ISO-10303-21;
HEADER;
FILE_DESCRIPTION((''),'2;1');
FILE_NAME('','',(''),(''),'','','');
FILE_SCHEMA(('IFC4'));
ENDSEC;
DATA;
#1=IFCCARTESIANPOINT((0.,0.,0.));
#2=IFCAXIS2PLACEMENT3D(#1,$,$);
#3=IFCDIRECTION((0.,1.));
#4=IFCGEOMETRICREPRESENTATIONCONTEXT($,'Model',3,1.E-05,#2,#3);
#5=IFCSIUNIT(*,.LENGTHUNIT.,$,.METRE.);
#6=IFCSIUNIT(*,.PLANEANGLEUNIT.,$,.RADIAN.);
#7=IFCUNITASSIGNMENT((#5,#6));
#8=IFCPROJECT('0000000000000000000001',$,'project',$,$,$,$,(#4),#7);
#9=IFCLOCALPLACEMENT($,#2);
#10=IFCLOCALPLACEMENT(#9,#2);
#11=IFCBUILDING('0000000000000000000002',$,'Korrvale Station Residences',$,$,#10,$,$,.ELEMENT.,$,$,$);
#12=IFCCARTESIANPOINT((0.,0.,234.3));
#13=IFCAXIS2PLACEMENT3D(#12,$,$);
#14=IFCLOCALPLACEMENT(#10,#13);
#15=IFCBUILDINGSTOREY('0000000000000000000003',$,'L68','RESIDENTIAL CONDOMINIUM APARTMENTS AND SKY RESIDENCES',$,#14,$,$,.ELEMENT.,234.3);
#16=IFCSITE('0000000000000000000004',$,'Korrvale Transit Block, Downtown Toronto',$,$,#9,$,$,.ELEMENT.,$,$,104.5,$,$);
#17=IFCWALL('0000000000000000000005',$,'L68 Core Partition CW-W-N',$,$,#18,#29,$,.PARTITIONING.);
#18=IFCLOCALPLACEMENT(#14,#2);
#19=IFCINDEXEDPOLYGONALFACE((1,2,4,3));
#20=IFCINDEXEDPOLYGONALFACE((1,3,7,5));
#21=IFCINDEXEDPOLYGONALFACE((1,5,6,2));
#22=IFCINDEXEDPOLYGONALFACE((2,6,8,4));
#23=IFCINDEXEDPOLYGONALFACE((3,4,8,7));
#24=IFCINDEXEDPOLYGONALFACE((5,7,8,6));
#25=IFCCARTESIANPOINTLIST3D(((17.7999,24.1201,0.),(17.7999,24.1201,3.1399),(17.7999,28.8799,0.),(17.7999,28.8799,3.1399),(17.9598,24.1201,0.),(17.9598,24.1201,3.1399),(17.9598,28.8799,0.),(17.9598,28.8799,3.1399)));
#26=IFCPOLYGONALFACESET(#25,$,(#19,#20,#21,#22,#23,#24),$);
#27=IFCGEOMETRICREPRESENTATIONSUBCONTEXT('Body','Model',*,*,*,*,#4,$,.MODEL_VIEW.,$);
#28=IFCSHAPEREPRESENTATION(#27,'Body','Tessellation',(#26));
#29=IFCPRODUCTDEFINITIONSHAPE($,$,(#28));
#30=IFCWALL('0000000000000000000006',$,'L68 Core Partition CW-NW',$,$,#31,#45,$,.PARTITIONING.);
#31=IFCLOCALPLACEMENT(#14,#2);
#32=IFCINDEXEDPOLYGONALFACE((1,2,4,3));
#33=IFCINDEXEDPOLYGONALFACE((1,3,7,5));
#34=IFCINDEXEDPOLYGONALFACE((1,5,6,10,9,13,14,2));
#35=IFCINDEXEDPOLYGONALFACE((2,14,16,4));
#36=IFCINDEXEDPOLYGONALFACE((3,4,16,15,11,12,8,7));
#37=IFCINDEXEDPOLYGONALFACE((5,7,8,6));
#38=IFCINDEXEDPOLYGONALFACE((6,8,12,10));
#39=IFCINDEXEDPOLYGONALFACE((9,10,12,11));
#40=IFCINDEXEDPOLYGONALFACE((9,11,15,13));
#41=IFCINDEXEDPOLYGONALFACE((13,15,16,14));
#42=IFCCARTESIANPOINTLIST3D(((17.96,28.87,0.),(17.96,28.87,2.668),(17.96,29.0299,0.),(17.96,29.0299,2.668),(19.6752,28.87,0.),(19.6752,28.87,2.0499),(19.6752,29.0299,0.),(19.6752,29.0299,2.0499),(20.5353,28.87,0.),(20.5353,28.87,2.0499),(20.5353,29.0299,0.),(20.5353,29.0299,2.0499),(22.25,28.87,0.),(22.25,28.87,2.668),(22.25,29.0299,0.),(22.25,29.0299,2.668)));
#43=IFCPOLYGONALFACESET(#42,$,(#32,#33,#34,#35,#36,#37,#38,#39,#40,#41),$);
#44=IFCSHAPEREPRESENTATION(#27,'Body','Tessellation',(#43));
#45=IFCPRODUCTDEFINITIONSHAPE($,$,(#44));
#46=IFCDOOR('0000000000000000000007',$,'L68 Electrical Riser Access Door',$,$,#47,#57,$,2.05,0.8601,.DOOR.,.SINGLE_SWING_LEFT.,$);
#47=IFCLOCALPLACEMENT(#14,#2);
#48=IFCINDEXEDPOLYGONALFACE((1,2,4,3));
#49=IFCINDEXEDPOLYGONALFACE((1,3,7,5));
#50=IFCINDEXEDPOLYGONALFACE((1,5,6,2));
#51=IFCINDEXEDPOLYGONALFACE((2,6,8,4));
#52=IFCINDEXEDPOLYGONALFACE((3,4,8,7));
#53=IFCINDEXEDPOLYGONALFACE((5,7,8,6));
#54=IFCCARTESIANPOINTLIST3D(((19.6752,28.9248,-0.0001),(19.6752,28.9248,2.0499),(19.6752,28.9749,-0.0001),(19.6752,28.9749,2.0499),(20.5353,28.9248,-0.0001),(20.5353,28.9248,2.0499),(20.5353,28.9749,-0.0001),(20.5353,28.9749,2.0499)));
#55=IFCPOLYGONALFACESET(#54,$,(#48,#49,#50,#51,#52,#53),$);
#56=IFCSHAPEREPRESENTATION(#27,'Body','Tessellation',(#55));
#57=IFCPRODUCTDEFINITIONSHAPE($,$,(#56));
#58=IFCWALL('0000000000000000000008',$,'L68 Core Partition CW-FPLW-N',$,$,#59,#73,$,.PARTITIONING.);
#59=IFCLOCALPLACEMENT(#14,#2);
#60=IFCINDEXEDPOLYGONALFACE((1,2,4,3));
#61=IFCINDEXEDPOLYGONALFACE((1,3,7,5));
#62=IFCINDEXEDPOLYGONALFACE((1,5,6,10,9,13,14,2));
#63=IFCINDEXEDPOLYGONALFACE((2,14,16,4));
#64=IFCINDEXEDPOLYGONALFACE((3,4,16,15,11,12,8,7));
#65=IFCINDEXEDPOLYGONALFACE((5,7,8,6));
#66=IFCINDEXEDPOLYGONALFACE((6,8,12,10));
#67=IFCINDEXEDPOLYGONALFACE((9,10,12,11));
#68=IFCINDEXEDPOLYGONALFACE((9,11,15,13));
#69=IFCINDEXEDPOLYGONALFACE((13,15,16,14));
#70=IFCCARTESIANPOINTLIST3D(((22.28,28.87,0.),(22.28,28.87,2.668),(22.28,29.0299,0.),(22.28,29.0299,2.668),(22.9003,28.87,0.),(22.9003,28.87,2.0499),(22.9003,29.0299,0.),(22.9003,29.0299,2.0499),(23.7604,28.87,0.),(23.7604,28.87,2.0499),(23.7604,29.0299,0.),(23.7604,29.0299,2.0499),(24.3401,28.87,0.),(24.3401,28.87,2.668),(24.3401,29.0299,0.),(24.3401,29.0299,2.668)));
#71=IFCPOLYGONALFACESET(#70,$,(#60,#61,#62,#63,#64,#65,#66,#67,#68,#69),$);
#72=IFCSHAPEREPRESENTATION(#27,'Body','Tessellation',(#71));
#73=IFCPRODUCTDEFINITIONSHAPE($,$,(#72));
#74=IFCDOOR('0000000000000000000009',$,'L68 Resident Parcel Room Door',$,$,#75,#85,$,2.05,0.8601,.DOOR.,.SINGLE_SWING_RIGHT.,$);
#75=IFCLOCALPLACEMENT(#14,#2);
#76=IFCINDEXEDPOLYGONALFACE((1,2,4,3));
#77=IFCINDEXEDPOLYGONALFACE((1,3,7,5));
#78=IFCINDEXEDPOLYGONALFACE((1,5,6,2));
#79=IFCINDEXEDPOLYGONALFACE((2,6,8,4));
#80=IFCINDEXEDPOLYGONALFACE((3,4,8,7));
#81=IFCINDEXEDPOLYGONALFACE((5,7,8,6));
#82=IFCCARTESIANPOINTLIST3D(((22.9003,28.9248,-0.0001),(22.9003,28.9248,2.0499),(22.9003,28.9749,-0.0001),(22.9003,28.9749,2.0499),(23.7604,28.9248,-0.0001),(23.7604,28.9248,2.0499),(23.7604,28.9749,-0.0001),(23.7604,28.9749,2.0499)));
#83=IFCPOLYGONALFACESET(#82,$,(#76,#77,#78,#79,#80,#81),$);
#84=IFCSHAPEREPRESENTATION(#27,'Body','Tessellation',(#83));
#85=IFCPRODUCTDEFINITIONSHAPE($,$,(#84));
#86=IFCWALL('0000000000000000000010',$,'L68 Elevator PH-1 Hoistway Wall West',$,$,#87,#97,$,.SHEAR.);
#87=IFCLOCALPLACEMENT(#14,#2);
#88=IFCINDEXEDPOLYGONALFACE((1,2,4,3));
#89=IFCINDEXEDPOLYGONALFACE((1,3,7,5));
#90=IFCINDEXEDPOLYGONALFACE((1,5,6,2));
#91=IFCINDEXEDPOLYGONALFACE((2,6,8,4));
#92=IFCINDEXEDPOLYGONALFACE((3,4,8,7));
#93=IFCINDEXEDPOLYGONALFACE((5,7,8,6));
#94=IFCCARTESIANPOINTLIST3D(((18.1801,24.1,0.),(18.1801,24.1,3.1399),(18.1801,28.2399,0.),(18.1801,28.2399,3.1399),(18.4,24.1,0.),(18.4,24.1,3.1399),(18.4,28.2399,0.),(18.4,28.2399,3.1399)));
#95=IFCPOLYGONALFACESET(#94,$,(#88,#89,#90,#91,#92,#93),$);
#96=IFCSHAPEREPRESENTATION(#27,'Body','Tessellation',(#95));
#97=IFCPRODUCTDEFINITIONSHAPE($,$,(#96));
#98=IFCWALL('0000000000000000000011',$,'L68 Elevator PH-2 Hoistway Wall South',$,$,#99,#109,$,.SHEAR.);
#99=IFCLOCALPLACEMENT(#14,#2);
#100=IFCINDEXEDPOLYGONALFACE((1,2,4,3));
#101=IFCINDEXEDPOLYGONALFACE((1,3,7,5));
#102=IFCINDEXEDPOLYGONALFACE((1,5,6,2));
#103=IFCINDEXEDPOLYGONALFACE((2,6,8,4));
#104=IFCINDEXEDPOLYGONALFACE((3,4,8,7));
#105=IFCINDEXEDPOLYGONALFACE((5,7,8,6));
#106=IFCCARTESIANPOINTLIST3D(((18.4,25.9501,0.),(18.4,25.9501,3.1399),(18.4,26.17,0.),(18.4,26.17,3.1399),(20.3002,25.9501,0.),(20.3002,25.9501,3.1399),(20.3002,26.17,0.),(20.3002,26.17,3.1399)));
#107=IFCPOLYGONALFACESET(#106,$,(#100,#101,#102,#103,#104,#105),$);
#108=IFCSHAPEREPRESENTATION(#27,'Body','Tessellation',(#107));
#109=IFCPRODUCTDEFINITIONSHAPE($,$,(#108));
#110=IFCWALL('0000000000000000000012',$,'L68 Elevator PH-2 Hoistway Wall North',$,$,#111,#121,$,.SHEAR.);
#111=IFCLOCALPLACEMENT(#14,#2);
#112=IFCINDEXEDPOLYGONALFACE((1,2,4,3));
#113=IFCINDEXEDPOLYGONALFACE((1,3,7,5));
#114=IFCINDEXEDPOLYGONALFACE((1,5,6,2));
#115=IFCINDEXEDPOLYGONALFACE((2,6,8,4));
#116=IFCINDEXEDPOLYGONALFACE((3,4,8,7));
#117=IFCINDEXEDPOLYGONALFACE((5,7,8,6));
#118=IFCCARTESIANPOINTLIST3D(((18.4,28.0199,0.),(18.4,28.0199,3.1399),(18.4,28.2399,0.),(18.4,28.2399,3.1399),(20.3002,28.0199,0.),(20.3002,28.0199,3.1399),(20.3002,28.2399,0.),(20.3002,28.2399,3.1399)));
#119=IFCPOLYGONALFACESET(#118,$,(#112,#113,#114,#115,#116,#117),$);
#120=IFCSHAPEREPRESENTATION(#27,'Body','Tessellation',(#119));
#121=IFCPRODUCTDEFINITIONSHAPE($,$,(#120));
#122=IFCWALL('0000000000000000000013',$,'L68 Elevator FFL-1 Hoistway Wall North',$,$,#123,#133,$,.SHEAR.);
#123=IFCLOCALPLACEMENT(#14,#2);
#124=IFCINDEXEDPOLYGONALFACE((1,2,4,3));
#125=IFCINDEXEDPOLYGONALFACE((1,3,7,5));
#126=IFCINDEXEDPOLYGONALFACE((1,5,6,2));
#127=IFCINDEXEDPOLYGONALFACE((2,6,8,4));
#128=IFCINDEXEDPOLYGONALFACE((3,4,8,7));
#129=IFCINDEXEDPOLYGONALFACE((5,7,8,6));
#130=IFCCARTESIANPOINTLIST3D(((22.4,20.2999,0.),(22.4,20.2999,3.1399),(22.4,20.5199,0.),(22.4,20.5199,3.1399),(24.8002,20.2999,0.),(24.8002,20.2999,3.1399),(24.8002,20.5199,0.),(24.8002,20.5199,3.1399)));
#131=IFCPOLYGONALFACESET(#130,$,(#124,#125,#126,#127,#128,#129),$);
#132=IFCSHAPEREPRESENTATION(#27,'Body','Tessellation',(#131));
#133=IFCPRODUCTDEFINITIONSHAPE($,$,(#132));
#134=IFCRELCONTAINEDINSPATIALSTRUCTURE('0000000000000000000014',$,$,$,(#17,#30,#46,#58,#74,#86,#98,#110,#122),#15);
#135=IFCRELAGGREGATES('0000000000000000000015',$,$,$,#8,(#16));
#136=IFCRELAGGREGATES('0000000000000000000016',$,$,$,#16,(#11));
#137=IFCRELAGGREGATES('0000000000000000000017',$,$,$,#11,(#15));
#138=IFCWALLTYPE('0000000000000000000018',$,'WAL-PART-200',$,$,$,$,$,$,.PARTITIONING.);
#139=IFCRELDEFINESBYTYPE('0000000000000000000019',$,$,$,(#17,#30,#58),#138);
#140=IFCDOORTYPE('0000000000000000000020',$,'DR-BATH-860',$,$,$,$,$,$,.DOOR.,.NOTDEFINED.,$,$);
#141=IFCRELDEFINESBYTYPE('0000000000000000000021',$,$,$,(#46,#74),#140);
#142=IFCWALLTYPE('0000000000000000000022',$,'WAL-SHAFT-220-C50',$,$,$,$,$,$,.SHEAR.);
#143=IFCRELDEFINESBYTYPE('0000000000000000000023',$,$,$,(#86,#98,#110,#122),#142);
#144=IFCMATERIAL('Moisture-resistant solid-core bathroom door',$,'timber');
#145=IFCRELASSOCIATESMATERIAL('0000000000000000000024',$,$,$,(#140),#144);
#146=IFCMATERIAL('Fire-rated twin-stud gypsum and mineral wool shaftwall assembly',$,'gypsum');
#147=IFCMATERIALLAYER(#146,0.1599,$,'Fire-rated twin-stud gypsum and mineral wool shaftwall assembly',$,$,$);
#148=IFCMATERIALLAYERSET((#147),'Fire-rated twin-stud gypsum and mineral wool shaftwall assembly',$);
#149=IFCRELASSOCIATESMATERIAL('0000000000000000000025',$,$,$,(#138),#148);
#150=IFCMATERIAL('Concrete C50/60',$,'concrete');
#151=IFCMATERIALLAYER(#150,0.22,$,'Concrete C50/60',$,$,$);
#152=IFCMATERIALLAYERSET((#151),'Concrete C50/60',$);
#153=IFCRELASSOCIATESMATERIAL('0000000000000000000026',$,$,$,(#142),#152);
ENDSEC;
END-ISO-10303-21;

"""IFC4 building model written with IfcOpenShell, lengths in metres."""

from ifc_helpers import new_model, si_unit, direction, frame, frame_2d, origin, place, context, subcontext, project, spatial, rectangle, extrude, material, layer, layer_set, type_object, element, fill, save


model = new_model("IFC4")

# Units and contexts
model_context = context("Model", 3, precision=1e-05, world=origin(), true_north=direction((0.0, 1.0)))
body_context = subcontext(model_context, "Body", "Model", "MODEL_VIEW")
ifc_project = project(units=[si_unit("LENGTHUNIT", "METRE"), si_unit("PLANEANGLEUNIT", "RADIAN")], contexts=[model_context])

# Site, building, storey
site_placement = place(None, origin())
site = spatial("IfcSite", under=ifc_project, at=site_placement, Name="Korrvale Transit Block, Downtown Toronto", CompositionType="ELEMENT", RefElevation=104.5)
building_placement = place(site_placement, origin())
building = spatial("IfcBuilding", under=site, at=building_placement, Name="Korrvale Station Residences", CompositionType="ELEMENT")
storey_placement = place(building_placement, frame((0.0, 0.0, 234.3)))
storey = spatial("IfcBuildingStorey", under=building, at=storey_placement, Name="L68", Description="RESIDENTIAL CONDOMINIUM APARTMENTS AND SKY RESIDENCES", CompositionType="ELEMENT", Elevation=234.3)

# Shared definitions
ifc_material_1 = material(Name="Concrete C50/60", Category="concrete")

# Shared definitions
ifc_material_2 = material(Name="Moisture-resistant solid-core bathroom door", Category="timber")
door_type_1 = type_object("IfcDoorType", Name="DR-BATH-860", OperationType="NOTDEFINED", PredefinedType="DOOR", material=ifc_material_2)

# Wall
ifc_material_3 = material(Name="Fire-rated twin-stud gypsum and mineral wool shaftwall assembly", Category="gypsum")
ifc_layer_1 = layer(ifc_material_3, 0.1599, Name="Fire-rated twin-stud gypsum and mineral wool shaftwall assembly")
ifc_layer_set_1 = layer_set([ifc_layer_1], Name="Fire-rated twin-stud gypsum and mineral wool shaftwall assembly")
wall_type_1 = type_object("IfcWallType", Name="WAL-PART-200", PredefinedType="PARTITIONING", material=ifc_layer_set_1)
wall_1_placement = place(storey_placement, frame((17.8799, 24.1201, 0.0), z_axis=(0.0, 0.0, 1.0), x_axis=(0.0, 1.0, 0.0)))
element("IfcWall", 1, at=wall_1_placement, inside=storey, type_object=wall_type_1, Name="L68 Core Partition CW-W-N", PredefinedType="PARTITIONING", context=body_context, shape_type="SweptSolid", body=[
    extrude(rectangle(XDim=4.7598, YDim=0.1599, at=frame_2d((2.3799, 0.0))), origin(), (0.0, 0.0, 1.0), 3.1399),
])

# Walls, openings, doors
wall_2_placement = place(storey_placement, frame((17.96, 28.95, 0.0), z_axis=(0.0, 0.0, 1.0), x_axis=(1.0, 0.0, 0.0)))
wall_2 = element("IfcWall", 2, at=wall_2_placement, inside=storey, type_object=wall_type_1, Name="L68 Core Partition CW-NW", PredefinedType="PARTITIONING", context=body_context, shape_type="SweptSolid", body=[
    extrude(rectangle(XDim=4.29, YDim=0.1599, at=frame_2d((2.145, 0.0))), origin(), (0.0, 0.0, 1.0), 2.668),
])
opening_1_placement = place(wall_2_placement, frame((1.7151, 0.0, 0.0)))
opening_1 = element("IfcOpeningElement", 3, at=opening_1_placement, cuts=wall_2, PredefinedType="OPENING", context=body_context, shape_type="SweptSolid", body=[
    extrude(rectangle(XDim=0.8601, YDim=2.05, at=frame_2d((0.4302, 1.0249))), frame((0.0, 0.0898, 0.0), z_axis=(0.0, -1.0, 0.0), x_axis=(1.0, 0.0, 0.0)), (0.0, 0.0, 1.0), 0.1799),
])
door_1_placement = place(opening_1_placement, origin())
door_1 = element("IfcDoor", 4, at=door_1_placement, inside=storey, type_object=door_type_1, Name="L68 Electrical Riser Access Door", OperationType="SINGLE_SWING_LEFT", OverallHeight=2.05, OverallWidth=0.8601, PredefinedType="DOOR", context=body_context, shape_type="SweptSolid", body=[
    extrude(rectangle(XDim=0.8601, YDim=2.05, at=frame_2d((0.4302, 1.0249))), frame((0.0, 0.0249, 0.0), z_axis=(0.0, -1.0, 0.0), x_axis=(1.0, 0.0, 0.0)), (0.0, 0.0, 1.0), 0.05),
])
fill(opening_1, door_1)
wall_3_placement = place(storey_placement, frame((22.28, 28.95, 0.0), z_axis=(0.0, 0.0, 1.0), x_axis=(1.0, 0.0, 0.0)))
wall_3 = element("IfcWall", 5, at=wall_3_placement, inside=storey, type_object=wall_type_1, Name="L68 Core Partition CW-FPLW-N", PredefinedType="PARTITIONING", context=body_context, shape_type="SweptSolid", body=[
    extrude(rectangle(XDim=2.0601, YDim=0.1599, at=frame_2d((1.03, 0.0))), origin(), (0.0, 0.0, 1.0), 2.668),
])
opening_2_placement = place(wall_3_placement, frame((0.6201, 0.0, 0.0)))
opening_2 = element("IfcOpeningElement", 6, at=opening_2_placement, cuts=wall_3, PredefinedType="OPENING", context=body_context, shape_type="SweptSolid", body=[
    extrude(rectangle(XDim=0.8601, YDim=2.05, at=frame_2d((0.4302, 1.0249))), frame((0.0, 0.0898, 0.0), z_axis=(0.0, -1.0, 0.0), x_axis=(1.0, 0.0, 0.0)), (0.0, 0.0, 1.0), 0.1799),
])
door_2_placement = place(opening_2_placement, origin())
door_2 = element("IfcDoor", 7, at=door_2_placement, inside=storey, type_object=door_type_1, Name="L68 Resident Parcel Room Door", OperationType="SINGLE_SWING_RIGHT", OverallHeight=2.05, OverallWidth=0.8601, PredefinedType="DOOR", context=body_context, shape_type="SweptSolid", body=[
    extrude(rectangle(XDim=0.8601, YDim=2.05, at=frame_2d((0.4302, 1.0249))), frame((0.0, 0.0249, 0.0), z_axis=(0.0, -1.0, 0.0), x_axis=(1.0, 0.0, 0.0)), (0.0, 0.0, 1.0), 0.05),
])
fill(opening_2, door_2)

# Wall
ifc_layer_2 = layer(ifc_material_1, 0.22, Name="Concrete C50/60")
ifc_layer_set_2 = layer_set([ifc_layer_2], Name="Concrete C50/60")
wall_type_2 = type_object("IfcWallType", Name="WAL-SHAFT-220-C50", PredefinedType="SHEAR", material=ifc_layer_set_2)
wall_4_placement = place(storey_placement, frame((18.29, 24.1001, 0.0), z_axis=(0.0, 0.0, 1.0), x_axis=(0.0, 1.0, 0.0)))
element("IfcWall", 8, at=wall_4_placement, inside=storey, type_object=wall_type_2, Name="L68 Elevator PH-1 Hoistway Wall West", PredefinedType="SHEAR", context=body_context, shape_type="SweptSolid", body=[
    extrude(rectangle(XDim=4.1399, YDim=0.22, at=frame_2d((2.0698, 0.0))), origin(), (0.0, 0.0, 1.0), 3.1399),
])

# Walls
for number, where, z_axis, x_axis, name in (
    (9, (18.3999, 26.0601, 0.0), (0.0, 0.0, 1.0), (1.0, 0.0, 0.0), "L68 Elevator PH-2 Hoistway Wall South"),
    (10, (18.3999, 28.1299, 0.0), (0.0, 0.0, 1.0), (1.0, 0.0, 0.0), "L68 Elevator PH-2 Hoistway Wall North"),
):
    element("IfcWall", number, at=place(storey_placement, frame(where, z_axis=z_axis, x_axis=x_axis)), inside=storey, type_object=wall_type_2, Name=name, PredefinedType="SHEAR", context=body_context, shape_type="SweptSolid", body=[
        extrude(rectangle(XDim=1.9001, YDim=0.22, at=frame_2d((0.9502, 0.0))), origin(), (0.0, 0.0, 1.0), 3.1399),
    ])

# Wall
wall_5_placement = place(storey_placement, frame((22.3999, 20.4099, 0.0), z_axis=(0.0, 0.0, 1.0), x_axis=(1.0, 0.0, 0.0)))
element("IfcWall", 11, at=wall_5_placement, inside=storey, type_object=wall_type_2, Name="L68 Elevator FFL-1 Hoistway Wall North", PredefinedType="SHEAR", context=body_context, shape_type="SweptSolid", body=[
    extrude(rectangle(XDim=2.4001, YDim=0.22, at=frame_2d((1.2002, 0.0))), origin(), (0.0, 0.0, 1.0), 3.1399),
])

save(model, "model.ifc")
